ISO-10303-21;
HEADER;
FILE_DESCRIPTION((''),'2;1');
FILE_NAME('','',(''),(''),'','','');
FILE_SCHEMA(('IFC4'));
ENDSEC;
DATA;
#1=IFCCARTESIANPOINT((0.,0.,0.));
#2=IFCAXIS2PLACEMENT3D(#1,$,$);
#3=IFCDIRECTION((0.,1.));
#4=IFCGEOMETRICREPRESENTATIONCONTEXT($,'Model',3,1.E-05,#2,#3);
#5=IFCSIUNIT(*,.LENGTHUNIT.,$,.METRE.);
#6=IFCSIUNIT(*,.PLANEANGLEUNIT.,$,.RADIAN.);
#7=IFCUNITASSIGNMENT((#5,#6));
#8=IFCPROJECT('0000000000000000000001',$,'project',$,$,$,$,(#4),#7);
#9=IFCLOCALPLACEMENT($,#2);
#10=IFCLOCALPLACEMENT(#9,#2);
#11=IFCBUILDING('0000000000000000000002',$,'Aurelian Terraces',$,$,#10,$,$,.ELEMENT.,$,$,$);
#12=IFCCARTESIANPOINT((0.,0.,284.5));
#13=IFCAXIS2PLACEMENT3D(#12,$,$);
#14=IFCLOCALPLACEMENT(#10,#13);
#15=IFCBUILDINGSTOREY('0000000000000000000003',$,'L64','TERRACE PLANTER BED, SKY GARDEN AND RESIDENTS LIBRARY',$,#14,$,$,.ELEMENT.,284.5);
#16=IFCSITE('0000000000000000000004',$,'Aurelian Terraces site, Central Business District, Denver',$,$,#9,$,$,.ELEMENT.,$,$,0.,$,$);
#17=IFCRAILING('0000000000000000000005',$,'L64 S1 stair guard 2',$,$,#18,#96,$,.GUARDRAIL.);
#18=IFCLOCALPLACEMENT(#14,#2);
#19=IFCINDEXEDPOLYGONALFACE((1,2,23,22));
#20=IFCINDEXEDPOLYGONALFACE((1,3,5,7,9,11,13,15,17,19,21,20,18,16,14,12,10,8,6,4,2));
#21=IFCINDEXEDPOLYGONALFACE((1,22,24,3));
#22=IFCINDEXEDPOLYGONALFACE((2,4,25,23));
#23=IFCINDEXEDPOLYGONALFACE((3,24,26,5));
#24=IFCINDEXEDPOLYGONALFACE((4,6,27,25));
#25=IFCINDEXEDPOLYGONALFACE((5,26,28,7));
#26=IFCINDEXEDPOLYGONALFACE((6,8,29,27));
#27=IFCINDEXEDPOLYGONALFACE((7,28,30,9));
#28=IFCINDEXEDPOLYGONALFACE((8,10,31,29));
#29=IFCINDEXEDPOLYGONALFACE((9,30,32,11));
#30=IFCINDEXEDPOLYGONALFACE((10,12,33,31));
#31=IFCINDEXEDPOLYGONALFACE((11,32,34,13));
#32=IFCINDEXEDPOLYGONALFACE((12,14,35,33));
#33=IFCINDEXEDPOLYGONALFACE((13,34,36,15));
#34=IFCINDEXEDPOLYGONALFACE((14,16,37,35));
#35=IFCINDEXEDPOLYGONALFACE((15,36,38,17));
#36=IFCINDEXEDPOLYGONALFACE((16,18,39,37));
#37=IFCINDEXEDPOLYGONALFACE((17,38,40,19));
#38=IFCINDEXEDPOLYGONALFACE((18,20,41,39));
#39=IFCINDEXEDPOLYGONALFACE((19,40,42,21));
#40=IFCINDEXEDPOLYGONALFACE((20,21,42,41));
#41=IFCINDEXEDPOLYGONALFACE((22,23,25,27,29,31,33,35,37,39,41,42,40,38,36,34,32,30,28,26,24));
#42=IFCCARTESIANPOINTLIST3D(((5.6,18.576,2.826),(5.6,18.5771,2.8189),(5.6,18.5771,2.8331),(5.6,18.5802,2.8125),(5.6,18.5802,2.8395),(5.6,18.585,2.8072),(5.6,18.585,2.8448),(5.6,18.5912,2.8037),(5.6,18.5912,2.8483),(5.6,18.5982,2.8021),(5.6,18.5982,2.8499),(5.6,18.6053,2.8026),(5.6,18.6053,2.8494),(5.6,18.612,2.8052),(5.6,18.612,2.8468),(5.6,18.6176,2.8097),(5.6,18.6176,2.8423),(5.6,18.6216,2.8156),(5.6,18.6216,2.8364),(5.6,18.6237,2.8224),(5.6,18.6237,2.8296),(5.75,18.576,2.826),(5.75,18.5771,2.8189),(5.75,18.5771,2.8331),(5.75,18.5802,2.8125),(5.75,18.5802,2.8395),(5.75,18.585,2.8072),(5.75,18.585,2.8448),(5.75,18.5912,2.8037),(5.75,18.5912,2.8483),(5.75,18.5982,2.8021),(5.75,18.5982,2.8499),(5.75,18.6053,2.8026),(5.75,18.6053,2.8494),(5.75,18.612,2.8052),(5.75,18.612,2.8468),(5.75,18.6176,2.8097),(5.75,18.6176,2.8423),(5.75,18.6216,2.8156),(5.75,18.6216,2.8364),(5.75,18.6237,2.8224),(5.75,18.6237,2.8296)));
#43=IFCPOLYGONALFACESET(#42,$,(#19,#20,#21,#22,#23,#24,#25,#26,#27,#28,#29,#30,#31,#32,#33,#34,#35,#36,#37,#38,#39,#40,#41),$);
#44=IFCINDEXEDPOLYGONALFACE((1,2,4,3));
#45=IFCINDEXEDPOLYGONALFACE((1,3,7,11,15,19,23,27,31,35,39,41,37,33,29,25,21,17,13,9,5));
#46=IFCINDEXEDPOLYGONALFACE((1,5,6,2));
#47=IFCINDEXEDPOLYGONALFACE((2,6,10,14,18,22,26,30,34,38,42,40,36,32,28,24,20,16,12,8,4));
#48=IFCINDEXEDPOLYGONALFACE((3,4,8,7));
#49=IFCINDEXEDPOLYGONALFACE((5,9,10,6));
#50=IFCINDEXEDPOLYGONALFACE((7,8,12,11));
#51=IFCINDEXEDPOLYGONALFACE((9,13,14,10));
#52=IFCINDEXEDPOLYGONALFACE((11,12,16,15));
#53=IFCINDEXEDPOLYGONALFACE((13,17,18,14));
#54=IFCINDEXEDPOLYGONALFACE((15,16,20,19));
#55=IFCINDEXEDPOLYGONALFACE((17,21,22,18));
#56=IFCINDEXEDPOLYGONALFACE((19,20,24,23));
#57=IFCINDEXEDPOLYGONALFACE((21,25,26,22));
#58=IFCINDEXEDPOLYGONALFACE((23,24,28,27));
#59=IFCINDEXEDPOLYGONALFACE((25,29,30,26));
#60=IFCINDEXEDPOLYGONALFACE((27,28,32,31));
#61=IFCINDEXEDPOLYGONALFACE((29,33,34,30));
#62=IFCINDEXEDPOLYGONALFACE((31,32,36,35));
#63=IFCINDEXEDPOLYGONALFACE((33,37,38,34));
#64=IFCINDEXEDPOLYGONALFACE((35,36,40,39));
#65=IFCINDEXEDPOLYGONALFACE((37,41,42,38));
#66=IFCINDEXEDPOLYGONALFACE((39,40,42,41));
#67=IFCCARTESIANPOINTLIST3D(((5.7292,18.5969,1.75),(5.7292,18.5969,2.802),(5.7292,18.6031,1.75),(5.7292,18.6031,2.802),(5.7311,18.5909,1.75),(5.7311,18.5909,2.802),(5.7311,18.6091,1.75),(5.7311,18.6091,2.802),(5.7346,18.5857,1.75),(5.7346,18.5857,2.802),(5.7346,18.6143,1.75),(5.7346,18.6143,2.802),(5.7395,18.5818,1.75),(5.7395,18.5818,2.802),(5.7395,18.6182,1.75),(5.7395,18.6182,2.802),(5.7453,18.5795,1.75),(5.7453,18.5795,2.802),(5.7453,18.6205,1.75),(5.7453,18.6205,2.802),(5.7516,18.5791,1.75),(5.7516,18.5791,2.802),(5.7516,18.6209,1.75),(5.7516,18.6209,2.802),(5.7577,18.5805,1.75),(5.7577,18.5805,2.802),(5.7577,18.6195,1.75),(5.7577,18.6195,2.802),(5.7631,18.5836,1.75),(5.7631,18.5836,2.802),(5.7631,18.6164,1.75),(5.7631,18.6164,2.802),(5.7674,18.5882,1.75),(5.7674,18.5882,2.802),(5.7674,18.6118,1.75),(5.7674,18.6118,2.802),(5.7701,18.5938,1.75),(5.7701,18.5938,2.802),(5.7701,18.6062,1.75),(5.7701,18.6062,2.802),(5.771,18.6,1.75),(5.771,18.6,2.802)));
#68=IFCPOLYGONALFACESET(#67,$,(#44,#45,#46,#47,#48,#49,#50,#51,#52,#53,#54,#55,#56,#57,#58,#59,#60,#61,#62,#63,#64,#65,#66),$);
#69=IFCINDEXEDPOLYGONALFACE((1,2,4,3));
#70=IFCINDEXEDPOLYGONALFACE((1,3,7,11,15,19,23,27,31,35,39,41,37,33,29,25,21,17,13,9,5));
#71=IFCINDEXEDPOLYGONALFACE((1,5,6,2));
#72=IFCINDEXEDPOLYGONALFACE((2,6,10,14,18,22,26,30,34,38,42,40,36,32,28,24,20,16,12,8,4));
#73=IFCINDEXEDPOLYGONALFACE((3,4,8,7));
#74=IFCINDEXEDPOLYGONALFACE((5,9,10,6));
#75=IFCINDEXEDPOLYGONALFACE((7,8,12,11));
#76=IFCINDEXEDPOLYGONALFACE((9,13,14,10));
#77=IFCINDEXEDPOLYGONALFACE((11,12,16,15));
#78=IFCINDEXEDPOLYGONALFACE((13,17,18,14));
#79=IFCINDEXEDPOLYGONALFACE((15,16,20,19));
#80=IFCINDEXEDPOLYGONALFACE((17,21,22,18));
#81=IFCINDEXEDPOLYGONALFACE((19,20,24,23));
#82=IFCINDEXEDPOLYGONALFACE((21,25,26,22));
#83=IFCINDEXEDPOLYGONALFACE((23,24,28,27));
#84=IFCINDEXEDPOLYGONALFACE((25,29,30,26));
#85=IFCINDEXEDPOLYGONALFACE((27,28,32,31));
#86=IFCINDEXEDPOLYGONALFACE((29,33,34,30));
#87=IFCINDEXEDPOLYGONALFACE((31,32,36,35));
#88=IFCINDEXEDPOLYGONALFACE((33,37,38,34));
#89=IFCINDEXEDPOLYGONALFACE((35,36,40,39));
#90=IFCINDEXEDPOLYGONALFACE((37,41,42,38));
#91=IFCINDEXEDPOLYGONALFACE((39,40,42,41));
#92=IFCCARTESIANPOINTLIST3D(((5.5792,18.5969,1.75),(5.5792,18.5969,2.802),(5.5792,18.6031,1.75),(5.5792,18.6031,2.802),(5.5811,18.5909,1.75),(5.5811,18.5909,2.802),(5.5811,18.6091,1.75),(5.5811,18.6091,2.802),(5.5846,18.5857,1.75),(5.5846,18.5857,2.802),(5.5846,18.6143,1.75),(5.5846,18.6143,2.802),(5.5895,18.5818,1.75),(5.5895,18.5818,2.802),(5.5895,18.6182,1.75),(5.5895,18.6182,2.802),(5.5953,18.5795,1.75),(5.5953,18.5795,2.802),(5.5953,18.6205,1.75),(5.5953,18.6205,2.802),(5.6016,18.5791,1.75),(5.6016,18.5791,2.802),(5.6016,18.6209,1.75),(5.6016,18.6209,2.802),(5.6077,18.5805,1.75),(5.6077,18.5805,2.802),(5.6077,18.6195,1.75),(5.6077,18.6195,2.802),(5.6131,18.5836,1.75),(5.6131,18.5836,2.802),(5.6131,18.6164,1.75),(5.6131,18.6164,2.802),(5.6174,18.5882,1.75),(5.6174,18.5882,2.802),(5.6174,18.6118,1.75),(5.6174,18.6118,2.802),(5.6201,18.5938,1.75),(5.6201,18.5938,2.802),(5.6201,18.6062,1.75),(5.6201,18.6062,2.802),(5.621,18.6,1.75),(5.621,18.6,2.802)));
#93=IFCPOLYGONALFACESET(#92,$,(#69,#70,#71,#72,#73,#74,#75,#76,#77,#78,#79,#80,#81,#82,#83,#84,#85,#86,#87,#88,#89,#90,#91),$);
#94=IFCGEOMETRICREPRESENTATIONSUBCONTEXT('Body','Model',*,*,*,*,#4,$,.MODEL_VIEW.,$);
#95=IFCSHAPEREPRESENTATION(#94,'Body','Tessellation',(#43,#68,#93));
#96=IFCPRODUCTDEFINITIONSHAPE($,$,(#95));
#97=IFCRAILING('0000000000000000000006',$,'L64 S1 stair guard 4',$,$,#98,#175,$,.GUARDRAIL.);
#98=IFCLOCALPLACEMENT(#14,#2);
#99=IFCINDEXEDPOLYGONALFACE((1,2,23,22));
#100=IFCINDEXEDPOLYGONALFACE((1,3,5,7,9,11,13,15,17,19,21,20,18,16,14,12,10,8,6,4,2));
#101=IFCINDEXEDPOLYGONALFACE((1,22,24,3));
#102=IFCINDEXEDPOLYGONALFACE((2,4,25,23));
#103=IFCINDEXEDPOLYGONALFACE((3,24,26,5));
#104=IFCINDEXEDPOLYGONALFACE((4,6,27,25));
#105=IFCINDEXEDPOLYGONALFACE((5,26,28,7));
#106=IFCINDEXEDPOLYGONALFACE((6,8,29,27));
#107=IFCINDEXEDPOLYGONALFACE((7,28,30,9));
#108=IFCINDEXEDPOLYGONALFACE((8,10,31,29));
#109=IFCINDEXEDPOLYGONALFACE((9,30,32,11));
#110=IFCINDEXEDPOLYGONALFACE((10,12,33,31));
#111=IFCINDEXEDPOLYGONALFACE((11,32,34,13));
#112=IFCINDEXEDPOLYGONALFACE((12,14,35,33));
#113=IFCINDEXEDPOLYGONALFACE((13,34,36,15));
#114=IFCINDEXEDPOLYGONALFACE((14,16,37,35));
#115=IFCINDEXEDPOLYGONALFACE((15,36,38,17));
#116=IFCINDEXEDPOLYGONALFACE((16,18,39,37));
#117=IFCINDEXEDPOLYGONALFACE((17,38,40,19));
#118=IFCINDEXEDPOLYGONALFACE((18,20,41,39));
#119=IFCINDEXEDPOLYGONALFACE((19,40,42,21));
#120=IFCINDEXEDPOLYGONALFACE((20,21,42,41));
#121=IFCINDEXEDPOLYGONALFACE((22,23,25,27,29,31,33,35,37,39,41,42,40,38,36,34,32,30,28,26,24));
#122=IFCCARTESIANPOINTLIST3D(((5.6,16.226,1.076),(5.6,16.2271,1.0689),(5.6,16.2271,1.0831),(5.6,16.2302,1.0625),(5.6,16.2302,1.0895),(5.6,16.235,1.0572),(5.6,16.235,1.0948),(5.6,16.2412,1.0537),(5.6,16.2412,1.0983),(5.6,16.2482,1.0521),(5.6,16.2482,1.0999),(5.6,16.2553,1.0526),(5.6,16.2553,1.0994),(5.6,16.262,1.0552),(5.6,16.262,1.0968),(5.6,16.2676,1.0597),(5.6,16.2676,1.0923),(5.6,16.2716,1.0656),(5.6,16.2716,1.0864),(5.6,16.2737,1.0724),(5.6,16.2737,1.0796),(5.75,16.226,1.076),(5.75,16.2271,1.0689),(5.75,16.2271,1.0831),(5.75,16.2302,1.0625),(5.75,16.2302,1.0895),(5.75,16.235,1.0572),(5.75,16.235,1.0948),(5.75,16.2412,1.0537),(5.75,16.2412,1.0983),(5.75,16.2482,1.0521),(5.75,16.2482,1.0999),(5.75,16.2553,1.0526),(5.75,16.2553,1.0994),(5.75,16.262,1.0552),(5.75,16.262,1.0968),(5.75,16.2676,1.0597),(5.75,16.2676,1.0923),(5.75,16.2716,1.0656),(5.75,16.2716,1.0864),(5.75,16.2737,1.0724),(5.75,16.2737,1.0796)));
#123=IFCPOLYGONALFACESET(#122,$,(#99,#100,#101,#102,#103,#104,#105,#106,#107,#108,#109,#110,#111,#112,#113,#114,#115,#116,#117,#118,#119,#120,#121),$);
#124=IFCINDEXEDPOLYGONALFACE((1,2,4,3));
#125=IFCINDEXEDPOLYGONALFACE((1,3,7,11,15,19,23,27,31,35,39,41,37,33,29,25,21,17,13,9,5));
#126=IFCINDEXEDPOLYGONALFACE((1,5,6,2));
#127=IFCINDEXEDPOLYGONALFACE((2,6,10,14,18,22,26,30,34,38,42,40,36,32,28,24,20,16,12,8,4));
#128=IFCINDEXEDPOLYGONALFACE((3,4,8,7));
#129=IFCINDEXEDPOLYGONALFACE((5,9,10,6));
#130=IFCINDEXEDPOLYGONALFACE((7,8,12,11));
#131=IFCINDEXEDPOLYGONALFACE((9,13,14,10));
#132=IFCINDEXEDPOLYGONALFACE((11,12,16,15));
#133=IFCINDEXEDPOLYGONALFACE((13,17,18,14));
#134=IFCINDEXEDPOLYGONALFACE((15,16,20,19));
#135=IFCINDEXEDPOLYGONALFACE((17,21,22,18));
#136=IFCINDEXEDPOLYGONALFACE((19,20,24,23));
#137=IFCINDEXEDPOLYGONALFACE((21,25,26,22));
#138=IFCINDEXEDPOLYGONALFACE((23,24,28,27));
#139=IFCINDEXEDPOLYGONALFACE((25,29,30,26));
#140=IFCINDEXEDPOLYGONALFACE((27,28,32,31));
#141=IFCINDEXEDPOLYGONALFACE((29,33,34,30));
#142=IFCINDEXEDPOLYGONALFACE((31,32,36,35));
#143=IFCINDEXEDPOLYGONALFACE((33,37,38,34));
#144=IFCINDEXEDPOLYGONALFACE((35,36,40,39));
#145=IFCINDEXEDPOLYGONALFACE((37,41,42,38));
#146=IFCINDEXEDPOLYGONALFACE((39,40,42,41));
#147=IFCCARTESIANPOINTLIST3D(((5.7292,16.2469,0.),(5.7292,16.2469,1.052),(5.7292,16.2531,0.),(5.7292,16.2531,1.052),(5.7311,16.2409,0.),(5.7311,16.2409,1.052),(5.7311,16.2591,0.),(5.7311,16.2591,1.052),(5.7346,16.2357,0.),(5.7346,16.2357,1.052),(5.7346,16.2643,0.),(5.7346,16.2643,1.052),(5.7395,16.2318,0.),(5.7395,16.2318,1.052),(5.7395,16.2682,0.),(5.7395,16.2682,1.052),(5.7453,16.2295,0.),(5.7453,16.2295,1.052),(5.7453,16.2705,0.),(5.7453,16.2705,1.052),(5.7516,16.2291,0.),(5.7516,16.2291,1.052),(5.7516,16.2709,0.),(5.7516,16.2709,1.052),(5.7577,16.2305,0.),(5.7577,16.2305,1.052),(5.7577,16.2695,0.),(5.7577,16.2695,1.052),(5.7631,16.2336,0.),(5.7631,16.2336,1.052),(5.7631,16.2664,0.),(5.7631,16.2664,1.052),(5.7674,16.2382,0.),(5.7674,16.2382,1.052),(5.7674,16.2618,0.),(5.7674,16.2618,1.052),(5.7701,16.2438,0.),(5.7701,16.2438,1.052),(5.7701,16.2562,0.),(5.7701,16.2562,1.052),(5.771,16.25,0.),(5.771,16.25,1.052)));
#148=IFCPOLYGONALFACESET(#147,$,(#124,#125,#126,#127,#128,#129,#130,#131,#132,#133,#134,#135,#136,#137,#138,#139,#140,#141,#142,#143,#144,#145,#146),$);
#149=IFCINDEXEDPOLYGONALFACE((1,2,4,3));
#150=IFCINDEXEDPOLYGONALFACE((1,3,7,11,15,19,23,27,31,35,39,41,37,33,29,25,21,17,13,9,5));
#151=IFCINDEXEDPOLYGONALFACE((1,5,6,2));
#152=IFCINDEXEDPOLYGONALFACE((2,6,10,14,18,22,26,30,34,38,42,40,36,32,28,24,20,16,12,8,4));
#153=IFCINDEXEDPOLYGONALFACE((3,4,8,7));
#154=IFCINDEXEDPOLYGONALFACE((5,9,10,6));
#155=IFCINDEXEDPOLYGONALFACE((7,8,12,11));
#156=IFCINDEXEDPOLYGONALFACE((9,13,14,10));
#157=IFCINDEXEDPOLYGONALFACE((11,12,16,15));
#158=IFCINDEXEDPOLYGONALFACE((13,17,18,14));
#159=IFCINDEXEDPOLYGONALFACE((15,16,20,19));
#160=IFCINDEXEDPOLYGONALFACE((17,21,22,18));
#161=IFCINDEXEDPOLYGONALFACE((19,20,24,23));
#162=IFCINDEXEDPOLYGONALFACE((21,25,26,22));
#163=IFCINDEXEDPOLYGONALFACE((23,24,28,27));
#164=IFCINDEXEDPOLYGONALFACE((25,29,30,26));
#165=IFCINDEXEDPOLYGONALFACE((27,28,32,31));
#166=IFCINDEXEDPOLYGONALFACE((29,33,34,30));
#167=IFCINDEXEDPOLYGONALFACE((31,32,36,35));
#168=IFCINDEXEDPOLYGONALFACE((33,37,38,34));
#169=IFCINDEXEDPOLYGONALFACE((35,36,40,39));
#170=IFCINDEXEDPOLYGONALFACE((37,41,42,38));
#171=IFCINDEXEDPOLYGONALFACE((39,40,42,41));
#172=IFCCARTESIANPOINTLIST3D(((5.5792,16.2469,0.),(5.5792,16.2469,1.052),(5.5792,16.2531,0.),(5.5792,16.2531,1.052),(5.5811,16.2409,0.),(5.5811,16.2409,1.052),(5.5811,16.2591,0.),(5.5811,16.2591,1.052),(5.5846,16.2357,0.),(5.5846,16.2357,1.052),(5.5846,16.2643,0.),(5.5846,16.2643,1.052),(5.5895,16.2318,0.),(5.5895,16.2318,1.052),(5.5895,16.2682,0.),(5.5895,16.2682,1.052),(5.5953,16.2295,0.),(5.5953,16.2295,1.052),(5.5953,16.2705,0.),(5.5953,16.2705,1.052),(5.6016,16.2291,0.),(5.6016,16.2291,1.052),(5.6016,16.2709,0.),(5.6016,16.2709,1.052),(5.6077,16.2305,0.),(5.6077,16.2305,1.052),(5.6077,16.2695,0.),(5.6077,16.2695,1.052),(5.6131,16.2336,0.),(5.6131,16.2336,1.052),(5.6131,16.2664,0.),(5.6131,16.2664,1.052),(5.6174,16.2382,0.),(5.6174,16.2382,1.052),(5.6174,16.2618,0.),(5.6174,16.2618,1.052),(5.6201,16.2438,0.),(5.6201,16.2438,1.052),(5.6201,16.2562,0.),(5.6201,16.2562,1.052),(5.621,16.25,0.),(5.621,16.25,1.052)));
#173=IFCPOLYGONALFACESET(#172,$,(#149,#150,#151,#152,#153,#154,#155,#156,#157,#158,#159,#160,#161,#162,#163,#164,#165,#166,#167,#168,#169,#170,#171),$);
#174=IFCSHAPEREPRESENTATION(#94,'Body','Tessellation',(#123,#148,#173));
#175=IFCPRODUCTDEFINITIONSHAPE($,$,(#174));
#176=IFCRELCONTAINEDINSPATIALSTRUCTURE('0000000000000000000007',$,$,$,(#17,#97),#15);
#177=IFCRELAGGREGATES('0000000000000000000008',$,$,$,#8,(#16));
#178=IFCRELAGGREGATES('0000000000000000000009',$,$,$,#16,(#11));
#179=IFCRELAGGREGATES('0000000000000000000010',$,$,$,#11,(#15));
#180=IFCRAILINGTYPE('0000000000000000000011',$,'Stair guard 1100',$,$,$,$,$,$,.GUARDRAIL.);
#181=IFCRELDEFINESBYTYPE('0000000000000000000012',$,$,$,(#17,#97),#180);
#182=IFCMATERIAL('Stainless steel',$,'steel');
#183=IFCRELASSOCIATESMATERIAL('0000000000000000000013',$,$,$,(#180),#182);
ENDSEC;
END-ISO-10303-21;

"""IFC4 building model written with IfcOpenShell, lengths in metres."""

from ifc_helpers import new_model, si_unit, direction, frame, origin, origin_2d, place, context, subcontext, project, spatial, circle, extrude, source, transform, mapped, material, type_object, element, save


model = new_model("IFC4")

# Units and contexts
model_context = context("Model", 3, precision=1e-05, world=origin(), true_north=direction((0.0, 1.0)))
body_context = subcontext(model_context, "Body", "Model", "MODEL_VIEW")
ifc_project = project(units=[si_unit("LENGTHUNIT", "METRE"), si_unit("PLANEANGLEUNIT", "RADIAN")], contexts=[model_context])

# Site, building, storey
site_placement = place(None, origin())
site = spatial("IfcSite", under=ifc_project, at=site_placement, Name="Aurelian Terraces site, Central Business District, Denver", CompositionType="ELEMENT", RefElevation=0.0)
building_placement = place(site_placement, origin())
building = spatial("IfcBuilding", under=site, at=building_placement, Name="Aurelian Terraces", CompositionType="ELEMENT")
storey_placement = place(building_placement, frame((0.0, 0.0, 284.5)))
storey = spatial("IfcBuildingStorey", under=building, at=storey_placement, Name="L64", Description="TERRACE PLANTER BED, SKY GARDEN AND RESIDENTS LIBRARY", CompositionType="ELEMENT", Elevation=284.5)

# Shared definitions
ifc_material_1 = material(Name="Stainless steel", Category="steel")
railing_type_1 = type_object("IfcRailingType", Name="Stair guard 1100", PredefinedType="GUARDRAIL", material=ifc_material_1)

# Railings
shared_shape_1 = source(origin(), body_context, "Body", "SweptSolid", [
    extrude(circle(Radius=0.024, at=origin_2d()), frame((0.0, 0.0, 1.076), z_axis=(-1.0, 0.0, 0.0), x_axis=(0.0, -1.0, 0.0)), (0.0, 0.0, 1.0), 0.15),
    extrude(circle(Radius=0.021, at=origin_2d()), origin(), (0.0, 0.0, 1.0), 1.052),
    extrude(circle(Radius=0.021, at=origin_2d()), frame((-0.15, 0.0, 0.0)), (0.0, 0.0, 1.0), 1.052),
])
for number, where, name in (
    (1, (5.75, 18.6, 1.75), "L64 S1 stair guard 2"),
    (2, (5.75, 16.25, 0.0), "L64 S1 stair guard 4"),
):
    element("IfcRailing", number, at=place(storey_placement, frame(where)), inside=storey, type_object=railing_type_1, Name=name, PredefinedType="GUARDRAIL", context=body_context, shape_type="MappedRepresentation", body=[
        mapped(shared_shape_1, transform((0.0, 0.0, 0.0), scale=1.0)),
    ])

save(model, "model.ifc")
